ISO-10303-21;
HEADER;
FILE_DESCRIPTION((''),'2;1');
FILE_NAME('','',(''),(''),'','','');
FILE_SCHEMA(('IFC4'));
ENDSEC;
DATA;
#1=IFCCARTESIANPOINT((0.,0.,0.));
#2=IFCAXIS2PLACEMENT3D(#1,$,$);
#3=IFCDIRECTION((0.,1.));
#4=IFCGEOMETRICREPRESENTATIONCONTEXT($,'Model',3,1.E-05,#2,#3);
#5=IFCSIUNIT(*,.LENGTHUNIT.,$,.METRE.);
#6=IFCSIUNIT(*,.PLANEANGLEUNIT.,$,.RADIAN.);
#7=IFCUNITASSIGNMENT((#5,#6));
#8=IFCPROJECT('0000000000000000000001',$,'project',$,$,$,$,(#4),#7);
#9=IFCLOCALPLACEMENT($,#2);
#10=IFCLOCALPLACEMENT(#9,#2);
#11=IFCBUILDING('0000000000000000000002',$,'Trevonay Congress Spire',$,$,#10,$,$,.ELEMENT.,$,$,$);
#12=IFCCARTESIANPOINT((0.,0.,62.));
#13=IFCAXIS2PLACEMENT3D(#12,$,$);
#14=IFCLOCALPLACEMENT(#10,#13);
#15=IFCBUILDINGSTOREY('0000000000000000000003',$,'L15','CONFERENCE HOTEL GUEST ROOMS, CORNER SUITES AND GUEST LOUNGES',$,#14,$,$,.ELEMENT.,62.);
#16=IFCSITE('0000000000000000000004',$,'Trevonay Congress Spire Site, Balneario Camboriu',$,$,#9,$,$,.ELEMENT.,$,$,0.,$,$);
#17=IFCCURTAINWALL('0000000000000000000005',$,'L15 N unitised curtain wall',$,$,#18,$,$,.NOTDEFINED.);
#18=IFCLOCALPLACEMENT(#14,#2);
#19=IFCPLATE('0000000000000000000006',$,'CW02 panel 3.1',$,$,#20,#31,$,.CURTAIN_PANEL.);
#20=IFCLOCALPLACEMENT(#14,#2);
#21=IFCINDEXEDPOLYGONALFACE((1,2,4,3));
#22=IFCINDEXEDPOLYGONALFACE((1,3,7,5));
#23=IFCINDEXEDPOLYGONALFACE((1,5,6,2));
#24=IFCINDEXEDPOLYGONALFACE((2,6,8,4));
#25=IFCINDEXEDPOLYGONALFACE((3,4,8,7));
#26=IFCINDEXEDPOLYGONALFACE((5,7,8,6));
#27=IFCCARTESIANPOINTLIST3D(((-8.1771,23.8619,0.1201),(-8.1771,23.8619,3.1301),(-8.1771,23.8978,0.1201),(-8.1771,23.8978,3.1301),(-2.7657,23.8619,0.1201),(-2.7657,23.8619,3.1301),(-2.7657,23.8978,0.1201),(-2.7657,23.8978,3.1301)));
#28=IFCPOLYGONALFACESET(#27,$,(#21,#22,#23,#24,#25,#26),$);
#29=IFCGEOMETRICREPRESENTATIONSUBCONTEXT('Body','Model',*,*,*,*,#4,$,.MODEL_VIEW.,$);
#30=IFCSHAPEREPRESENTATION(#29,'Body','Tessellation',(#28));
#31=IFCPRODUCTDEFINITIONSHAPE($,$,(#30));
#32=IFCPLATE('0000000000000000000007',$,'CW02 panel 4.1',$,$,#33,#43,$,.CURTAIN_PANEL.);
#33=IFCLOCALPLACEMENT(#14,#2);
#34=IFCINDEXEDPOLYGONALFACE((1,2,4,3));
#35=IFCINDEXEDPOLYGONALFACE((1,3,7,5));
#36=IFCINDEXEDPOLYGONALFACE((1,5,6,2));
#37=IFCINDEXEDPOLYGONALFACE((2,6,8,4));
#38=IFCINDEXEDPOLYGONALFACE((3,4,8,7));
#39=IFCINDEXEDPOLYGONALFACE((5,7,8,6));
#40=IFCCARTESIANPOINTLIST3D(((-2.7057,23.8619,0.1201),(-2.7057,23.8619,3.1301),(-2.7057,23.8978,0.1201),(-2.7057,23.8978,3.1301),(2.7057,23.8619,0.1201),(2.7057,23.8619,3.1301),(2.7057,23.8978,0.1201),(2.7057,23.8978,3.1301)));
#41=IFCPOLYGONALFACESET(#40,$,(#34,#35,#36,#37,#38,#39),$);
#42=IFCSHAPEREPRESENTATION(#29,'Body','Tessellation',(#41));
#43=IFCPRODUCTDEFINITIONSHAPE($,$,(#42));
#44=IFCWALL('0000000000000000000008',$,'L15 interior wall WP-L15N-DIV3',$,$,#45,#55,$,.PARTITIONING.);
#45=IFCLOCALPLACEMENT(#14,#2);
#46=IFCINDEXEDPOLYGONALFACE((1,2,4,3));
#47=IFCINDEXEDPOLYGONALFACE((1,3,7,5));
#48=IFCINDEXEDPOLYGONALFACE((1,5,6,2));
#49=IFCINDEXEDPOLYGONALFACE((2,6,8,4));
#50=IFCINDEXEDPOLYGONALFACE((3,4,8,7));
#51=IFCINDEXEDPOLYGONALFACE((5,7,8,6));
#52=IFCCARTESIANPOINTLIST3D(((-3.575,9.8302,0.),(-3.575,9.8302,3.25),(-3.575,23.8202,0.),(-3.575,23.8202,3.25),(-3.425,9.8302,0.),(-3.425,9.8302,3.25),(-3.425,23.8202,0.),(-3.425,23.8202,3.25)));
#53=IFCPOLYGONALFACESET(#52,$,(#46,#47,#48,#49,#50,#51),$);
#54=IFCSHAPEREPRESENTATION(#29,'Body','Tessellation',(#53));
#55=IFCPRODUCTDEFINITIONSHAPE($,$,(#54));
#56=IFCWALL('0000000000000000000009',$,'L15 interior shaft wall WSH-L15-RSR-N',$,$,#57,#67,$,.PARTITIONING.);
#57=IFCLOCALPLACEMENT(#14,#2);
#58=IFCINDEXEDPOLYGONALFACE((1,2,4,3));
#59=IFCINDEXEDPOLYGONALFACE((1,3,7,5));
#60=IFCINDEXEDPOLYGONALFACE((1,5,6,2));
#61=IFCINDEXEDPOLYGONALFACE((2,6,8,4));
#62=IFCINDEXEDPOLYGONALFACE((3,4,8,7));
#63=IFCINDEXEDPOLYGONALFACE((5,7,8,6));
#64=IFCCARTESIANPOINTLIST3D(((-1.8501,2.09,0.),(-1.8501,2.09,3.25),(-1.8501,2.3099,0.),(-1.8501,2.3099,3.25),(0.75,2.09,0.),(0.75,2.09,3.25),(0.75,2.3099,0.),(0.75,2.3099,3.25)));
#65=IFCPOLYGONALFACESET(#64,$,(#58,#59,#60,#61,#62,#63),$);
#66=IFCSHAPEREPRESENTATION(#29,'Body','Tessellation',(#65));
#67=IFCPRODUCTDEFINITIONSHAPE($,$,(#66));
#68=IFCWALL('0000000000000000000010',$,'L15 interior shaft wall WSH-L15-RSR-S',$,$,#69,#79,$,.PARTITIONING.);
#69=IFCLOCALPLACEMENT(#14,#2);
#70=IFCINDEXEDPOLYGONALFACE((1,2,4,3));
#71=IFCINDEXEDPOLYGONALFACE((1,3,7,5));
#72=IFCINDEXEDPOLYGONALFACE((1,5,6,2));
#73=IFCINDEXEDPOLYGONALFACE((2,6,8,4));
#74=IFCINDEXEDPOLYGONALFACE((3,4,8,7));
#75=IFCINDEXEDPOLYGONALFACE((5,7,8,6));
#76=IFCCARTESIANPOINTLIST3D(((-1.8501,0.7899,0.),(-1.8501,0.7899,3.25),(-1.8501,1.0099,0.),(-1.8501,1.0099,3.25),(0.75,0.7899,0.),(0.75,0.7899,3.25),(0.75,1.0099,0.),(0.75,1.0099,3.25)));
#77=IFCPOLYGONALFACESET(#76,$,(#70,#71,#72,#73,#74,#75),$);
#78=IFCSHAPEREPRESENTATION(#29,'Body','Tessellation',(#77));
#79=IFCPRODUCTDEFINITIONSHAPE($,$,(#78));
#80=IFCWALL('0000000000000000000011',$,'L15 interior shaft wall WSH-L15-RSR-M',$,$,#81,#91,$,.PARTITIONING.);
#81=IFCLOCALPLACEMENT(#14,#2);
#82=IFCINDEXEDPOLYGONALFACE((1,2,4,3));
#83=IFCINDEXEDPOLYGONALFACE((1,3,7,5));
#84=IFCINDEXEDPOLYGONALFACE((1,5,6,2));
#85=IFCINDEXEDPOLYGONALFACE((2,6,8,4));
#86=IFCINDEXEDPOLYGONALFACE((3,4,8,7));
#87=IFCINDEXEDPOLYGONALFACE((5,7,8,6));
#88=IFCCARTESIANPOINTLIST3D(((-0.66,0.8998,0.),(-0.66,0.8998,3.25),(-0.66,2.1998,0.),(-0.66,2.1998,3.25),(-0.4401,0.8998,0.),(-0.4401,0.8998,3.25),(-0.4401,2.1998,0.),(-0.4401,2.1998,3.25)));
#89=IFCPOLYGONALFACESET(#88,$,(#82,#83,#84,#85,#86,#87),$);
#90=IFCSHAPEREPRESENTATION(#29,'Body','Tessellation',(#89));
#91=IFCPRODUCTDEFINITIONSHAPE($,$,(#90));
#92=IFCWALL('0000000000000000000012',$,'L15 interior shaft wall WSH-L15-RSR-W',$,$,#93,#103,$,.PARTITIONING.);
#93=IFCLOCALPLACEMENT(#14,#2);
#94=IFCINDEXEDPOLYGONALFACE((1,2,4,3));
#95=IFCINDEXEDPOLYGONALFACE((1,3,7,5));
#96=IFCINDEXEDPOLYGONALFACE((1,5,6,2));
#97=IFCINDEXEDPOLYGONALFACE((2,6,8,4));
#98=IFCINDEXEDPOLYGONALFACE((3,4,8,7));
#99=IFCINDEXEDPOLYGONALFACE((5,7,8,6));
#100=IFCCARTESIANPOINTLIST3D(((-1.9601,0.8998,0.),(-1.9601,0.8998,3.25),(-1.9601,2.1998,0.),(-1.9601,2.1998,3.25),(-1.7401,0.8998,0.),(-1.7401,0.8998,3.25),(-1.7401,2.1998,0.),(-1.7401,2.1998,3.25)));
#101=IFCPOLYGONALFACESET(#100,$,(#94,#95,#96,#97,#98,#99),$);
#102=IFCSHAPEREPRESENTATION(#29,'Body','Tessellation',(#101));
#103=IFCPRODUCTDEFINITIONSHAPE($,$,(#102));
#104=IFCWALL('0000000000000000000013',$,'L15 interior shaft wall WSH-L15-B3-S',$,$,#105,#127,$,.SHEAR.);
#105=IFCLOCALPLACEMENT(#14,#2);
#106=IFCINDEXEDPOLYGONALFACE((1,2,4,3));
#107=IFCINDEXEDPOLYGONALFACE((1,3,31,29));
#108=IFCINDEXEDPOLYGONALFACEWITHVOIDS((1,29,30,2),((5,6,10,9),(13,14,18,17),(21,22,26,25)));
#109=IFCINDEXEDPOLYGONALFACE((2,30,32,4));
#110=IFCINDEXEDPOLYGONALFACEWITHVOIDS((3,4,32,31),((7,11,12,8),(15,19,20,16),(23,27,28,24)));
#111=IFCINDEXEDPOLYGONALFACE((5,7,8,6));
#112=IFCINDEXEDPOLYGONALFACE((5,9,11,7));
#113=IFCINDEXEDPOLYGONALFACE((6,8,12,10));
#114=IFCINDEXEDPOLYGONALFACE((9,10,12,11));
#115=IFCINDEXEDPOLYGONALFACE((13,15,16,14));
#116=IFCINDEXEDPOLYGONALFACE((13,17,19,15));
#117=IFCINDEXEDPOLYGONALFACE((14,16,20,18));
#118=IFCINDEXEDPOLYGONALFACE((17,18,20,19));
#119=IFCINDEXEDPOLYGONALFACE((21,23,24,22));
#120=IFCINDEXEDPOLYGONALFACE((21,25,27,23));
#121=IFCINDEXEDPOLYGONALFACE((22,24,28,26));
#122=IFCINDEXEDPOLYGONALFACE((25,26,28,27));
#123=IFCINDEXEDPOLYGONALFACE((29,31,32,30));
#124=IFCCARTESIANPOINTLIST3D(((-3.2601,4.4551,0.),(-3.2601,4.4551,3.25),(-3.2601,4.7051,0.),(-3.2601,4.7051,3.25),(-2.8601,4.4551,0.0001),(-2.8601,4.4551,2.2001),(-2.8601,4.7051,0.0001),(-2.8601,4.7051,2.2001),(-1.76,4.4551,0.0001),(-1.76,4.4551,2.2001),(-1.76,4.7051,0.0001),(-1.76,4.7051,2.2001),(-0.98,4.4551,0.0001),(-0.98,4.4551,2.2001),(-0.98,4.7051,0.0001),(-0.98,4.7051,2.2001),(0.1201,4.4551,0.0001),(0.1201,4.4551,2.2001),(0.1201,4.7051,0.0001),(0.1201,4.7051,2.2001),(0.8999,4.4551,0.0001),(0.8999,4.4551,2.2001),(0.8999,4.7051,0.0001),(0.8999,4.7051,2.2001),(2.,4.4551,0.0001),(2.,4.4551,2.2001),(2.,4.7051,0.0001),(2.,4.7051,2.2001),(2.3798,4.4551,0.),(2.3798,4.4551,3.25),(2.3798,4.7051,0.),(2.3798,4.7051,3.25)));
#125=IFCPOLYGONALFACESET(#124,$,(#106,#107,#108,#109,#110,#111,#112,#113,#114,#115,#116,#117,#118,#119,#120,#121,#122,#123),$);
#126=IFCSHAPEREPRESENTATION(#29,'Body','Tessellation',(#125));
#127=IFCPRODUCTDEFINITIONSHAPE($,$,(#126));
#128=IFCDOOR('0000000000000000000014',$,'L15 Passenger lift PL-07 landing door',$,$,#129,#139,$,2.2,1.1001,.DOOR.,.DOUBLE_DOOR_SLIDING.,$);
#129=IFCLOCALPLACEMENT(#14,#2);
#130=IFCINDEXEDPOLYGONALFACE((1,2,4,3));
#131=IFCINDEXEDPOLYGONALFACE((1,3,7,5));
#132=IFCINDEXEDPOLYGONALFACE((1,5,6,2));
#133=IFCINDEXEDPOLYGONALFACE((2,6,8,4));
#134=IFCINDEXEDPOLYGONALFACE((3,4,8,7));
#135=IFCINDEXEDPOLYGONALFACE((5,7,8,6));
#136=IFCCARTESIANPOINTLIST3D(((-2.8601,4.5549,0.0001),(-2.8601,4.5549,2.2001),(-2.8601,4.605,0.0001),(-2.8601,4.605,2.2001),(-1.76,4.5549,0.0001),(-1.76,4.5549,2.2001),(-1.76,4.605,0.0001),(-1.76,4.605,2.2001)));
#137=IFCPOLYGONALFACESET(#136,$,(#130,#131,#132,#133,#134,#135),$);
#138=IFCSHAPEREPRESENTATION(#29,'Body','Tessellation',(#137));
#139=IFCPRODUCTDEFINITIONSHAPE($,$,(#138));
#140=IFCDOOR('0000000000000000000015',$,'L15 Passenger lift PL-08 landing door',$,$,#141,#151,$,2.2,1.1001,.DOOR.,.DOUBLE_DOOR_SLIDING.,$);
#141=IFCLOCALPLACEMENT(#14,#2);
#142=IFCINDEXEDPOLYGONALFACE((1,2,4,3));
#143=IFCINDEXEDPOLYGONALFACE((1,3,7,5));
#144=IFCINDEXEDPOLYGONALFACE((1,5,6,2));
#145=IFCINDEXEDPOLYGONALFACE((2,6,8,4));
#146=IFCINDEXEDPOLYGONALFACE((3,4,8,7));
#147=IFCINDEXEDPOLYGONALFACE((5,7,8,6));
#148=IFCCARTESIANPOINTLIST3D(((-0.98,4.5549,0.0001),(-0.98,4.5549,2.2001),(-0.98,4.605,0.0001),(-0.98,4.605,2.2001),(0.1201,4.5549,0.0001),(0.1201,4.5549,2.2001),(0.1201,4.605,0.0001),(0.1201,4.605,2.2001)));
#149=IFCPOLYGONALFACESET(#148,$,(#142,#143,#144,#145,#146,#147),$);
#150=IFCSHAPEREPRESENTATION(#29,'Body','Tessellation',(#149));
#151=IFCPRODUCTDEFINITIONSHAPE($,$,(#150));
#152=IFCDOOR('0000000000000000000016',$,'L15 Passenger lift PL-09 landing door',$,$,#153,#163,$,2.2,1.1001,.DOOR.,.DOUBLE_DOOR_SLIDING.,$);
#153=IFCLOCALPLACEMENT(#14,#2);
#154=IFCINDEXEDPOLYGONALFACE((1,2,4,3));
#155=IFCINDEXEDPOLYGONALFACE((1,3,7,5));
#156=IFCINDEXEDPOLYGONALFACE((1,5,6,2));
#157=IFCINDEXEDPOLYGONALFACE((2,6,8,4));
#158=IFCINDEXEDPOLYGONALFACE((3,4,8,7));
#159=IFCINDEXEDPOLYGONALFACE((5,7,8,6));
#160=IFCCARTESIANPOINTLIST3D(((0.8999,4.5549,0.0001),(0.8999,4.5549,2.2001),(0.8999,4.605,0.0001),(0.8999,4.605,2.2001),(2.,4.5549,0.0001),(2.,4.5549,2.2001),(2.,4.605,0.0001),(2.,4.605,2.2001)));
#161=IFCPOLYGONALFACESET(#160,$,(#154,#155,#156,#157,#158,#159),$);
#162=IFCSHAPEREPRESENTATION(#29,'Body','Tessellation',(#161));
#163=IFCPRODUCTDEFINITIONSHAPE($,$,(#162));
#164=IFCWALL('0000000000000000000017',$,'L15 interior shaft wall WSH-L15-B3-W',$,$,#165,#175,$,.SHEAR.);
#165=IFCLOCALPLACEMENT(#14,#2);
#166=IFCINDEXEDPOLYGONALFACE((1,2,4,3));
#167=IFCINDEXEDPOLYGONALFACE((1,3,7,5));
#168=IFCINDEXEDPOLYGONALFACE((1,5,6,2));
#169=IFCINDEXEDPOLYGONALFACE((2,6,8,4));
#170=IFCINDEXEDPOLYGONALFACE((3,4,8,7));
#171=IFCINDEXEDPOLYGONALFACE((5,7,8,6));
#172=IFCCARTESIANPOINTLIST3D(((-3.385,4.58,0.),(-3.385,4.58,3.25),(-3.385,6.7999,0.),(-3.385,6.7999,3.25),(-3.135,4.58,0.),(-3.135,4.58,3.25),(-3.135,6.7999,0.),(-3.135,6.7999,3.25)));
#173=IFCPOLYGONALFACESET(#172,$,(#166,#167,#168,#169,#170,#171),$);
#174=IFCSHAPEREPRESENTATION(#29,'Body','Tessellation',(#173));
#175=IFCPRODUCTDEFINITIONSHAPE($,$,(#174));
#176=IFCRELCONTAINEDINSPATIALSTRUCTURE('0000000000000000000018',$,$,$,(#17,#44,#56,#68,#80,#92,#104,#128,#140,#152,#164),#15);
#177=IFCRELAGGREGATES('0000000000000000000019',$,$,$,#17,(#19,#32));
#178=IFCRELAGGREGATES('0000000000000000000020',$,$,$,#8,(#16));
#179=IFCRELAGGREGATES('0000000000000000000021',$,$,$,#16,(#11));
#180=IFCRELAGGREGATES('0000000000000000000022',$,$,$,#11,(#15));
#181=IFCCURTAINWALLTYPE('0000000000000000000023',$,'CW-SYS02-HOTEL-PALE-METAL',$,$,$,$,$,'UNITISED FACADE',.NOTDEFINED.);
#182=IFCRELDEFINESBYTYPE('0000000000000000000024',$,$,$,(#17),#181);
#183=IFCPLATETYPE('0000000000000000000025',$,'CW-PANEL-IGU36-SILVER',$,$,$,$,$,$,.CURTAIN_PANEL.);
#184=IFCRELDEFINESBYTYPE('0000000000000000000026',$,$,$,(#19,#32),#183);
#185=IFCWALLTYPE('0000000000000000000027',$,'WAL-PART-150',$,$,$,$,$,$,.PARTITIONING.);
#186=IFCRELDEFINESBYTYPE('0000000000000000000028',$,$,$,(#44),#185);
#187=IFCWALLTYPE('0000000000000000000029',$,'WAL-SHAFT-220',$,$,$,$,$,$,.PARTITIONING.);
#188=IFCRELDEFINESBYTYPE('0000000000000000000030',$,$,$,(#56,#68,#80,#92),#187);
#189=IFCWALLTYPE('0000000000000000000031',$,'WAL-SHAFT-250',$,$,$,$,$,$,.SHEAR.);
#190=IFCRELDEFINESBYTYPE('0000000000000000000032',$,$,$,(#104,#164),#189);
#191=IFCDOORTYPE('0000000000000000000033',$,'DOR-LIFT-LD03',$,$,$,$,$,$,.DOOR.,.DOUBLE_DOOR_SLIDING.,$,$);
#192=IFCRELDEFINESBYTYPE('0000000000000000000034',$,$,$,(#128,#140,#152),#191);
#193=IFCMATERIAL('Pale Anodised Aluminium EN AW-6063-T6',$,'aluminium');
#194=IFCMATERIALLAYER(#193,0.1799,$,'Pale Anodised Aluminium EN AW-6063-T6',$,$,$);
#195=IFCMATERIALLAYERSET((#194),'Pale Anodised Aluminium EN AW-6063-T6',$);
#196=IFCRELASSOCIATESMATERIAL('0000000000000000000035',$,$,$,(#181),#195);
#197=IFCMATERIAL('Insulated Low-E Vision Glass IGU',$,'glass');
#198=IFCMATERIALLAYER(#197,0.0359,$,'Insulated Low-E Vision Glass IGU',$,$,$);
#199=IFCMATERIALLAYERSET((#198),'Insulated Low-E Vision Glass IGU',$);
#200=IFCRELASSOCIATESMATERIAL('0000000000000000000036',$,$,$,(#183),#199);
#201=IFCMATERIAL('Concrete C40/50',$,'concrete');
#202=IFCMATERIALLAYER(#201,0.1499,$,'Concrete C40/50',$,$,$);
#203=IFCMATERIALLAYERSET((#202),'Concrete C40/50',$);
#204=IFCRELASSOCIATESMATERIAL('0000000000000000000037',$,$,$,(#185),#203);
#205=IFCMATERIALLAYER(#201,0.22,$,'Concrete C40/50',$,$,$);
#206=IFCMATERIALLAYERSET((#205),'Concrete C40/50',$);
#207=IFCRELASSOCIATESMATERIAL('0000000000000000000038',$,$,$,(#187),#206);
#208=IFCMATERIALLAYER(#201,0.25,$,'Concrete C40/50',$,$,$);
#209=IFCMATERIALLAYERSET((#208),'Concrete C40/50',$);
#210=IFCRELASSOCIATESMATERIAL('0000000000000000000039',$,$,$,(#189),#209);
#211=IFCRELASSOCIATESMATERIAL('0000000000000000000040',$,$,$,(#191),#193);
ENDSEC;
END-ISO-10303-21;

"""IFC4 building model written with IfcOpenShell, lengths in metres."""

from ifc_helpers import new_model, si_unit, direction, frame, frame_2d, origin, origin_2d, place, context, subcontext, project, spatial, rectangle, extrude, material, layer, layer_set, type_object, element, fill, aggregate, save


model = new_model("IFC4")

# Units and contexts
model_context = context("Model", 3, precision=1e-05, world=origin(), true_north=direction((0.0, 1.0)))
body_context = subcontext(model_context, "Body", "Model", "MODEL_VIEW")
ifc_project = project(units=[si_unit("LENGTHUNIT", "METRE"), si_unit("PLANEANGLEUNIT", "RADIAN")], contexts=[model_context])

# Site, building, storey
site_placement = place(None, origin())
site = spatial("IfcSite", under=ifc_project, at=site_placement, Name="Trevonay Congress Spire Site, Balneario Camboriu", CompositionType="ELEMENT", RefElevation=0.0)
building_placement = place(site_placement, origin())
building = spatial("IfcBuilding", under=site, at=building_placement, Name="Trevonay Congress Spire", CompositionType="ELEMENT")
storey_placement = place(building_placement, frame((0.0, 0.0, 62.0)))
storey = spatial("IfcBuildingStorey", under=building, at=storey_placement, Name="L15", Description="CONFERENCE HOTEL GUEST ROOMS, CORNER SUITES AND GUEST LOUNGES", CompositionType="ELEMENT", Elevation=62.0)

# Curtain wall, plates
ifc_material_1 = material(Name="Pale Anodised Aluminium EN AW-6063-T6", Category="aluminium")
ifc_layer_1 = layer(ifc_material_1, 0.1799, Name="Pale Anodised Aluminium EN AW-6063-T6")
ifc_layer_set_1 = layer_set([ifc_layer_1], Name="Pale Anodised Aluminium EN AW-6063-T6")
curtain_wall_type = type_object("IfcCurtainWallType", Name="CW-SYS02-HOTEL-PALE-METAL", ElementType="UNITISED FACADE", PredefinedType="NOTDEFINED", material=ifc_layer_set_1)
curtain_wall_placement = place(storey_placement, origin())
curtain_wall = element("IfcCurtainWall", 1, at=curtain_wall_placement, inside=storey, type_object=curtain_wall_type, Name="L15 N unitised curtain wall", PredefinedType="NOTDEFINED")
ifc_material_2 = material(Name="Insulated Low-E Vision Glass IGU", Category="glass")
ifc_layer_2 = layer(ifc_material_2, 0.0359, Name="Insulated Low-E Vision Glass IGU")
ifc_layer_set_2 = layer_set([ifc_layer_2], Name="Insulated Low-E Vision Glass IGU")
plate_type = type_object("IfcPlateType", Name="CW-PANEL-IGU36-SILVER", PredefinedType="CURTAIN_PANEL", material=ifc_layer_set_2)
plate_1_placement = place(storey_placement, frame((-5.4714, 23.8799, 0.1201), z_axis=(0.0, 0.0, 1.0), x_axis=(1.0, 0.0, 0.0)))
plate_1 = element("IfcPlate", 2, at=plate_1_placement, type_object=plate_type, Name="CW02 panel 3.1", PredefinedType="CURTAIN_PANEL", context=body_context, shape_type="SweptSolid", body=[
    extrude(rectangle(XDim=5.4114, YDim=0.0359, at=origin_2d()), origin(), (0.0, 0.0, 1.0), 3.01),
])
plate_2_placement = place(storey_placement, frame((0.0, 23.8799, 0.1201), z_axis=(0.0, 0.0, 1.0), x_axis=(1.0, 0.0, 0.0)))
plate_2 = element("IfcPlate", 3, at=plate_2_placement, type_object=plate_type, Name="CW02 panel 4.1", PredefinedType="CURTAIN_PANEL", context=body_context, shape_type="SweptSolid", body=[
    extrude(rectangle(XDim=5.4114, YDim=0.0359, at=origin_2d()), origin(), (0.0, 0.0, 1.0), 3.01),
])
aggregate(curtain_wall, [plate_1, plate_2])

# Walls
ifc_material_3 = material(Name="Concrete C40/50", Category="concrete")
ifc_layer_3 = layer(ifc_material_3, 0.1499, Name="Concrete C40/50")
ifc_layer_set_3 = layer_set([ifc_layer_3], Name="Concrete C40/50")
wall_type_1 = type_object("IfcWallType", Name="WAL-PART-150", PredefinedType="PARTITIONING", material=ifc_layer_set_3)
wall_1_placement = place(storey_placement, frame((-3.5, 9.8301, 0.0), z_axis=(0.0, 0.0, 1.0), x_axis=(0.0, 1.0, 0.0)))
element("IfcWall", 4, at=wall_1_placement, inside=storey, type_object=wall_type_1, Name="L15 interior wall WP-L15N-DIV3", PredefinedType="PARTITIONING", context=body_context, shape_type="SweptSolid", body=[
    extrude(rectangle(XDim=13.99, YDim=0.1499, at=frame_2d((6.9951, 0.0))), origin(), (0.0, 0.0, 1.0), 3.25),
])
ifc_layer_4 = layer(ifc_material_3, 0.22, Name="Concrete C40/50")
ifc_layer_set_4 = layer_set([ifc_layer_4], Name="Concrete C40/50")
wall_type_2 = type_object("IfcWallType", Name="WAL-SHAFT-220", PredefinedType="PARTITIONING", material=ifc_layer_set_4)
for number, where, z_axis, x_axis, name in (
    (5, (-1.8501, 2.2, 0.0), (0.0, 0.0, 1.0), (1.0, 0.0, 0.0), "L15 interior shaft wall WSH-L15-RSR-N"),
    (6, (-1.8501, 0.8999, 0.0), (0.0, 0.0, 1.0), (1.0, 0.0, 0.0), "L15 interior shaft wall WSH-L15-RSR-S"),
):
    element("IfcWall", number, at=place(storey_placement, frame(where, z_axis=z_axis, x_axis=x_axis)), inside=storey, type_object=wall_type_2, Name=name, PredefinedType="PARTITIONING", context=body_context, shape_type="SweptSolid", body=[
        extrude(rectangle(XDim=2.6001, YDim=0.22, at=frame_2d((1.3, 0.0))), origin(), (0.0, 0.0, 1.0), 3.25),
    ])
for number, where, z_axis, x_axis, name in (
    (7, (-0.55, 0.8999, 0.0), (0.0, 0.0, 1.0), (0.0, 1.0, 0.0), "L15 interior shaft wall WSH-L15-RSR-M"),
    (8, (-1.8501, 0.8999, 0.0), (0.0, 0.0, 1.0), (0.0, 1.0, 0.0), "L15 interior shaft wall WSH-L15-RSR-W"),
):
    element("IfcWall", number, at=place(storey_placement, frame(where, z_axis=z_axis, x_axis=x_axis)), inside=storey, type_object=wall_type_2, Name=name, PredefinedType="PARTITIONING", context=body_context, shape_type="SweptSolid", body=[
        extrude(rectangle(XDim=1.3, YDim=0.22, at=frame_2d((0.6499, 0.0))), origin(), (0.0, 0.0, 1.0), 3.25),
    ])

# Wall, openings, doors
ifc_layer_5 = layer(ifc_material_3, 0.25, Name="Concrete C40/50")
ifc_layer_set_5 = layer_set([ifc_layer_5], Name="Concrete C40/50")
wall_type_3 = type_object("IfcWallType", Name="WAL-SHAFT-250", PredefinedType="SHEAR", material=ifc_layer_set_5)
wall_2_placement = place(storey_placement, frame((-3.26, 4.5801, 0.0), z_axis=(0.0, 0.0, 1.0), x_axis=(1.0, 0.0, 0.0)))
wall_2 = element("IfcWall", 9, at=wall_2_placement, inside=storey, type_object=wall_type_3, Name="L15 interior shaft wall WSH-L15-B3-S", PredefinedType="SHEAR", context=body_context, shape_type="SweptSolid", body=[
    extrude(rectangle(XDim=5.6399, YDim=0.25, at=frame_2d((2.8198, 0.0))), origin(), (0.0, 0.0, 1.0), 3.25),
])
opening_1_placement = place(wall_2_placement, frame((0.3999, 0.0, 0.0)))
opening_1 = element("IfcOpeningElement", 10, at=opening_1_placement, cuts=wall_2, PredefinedType="OPENING", context=body_context, shape_type="SweptSolid", body=[
    extrude(rectangle(XDim=1.1001, YDim=2.2, at=frame_2d((0.55, 1.1001))), frame((0.0, 0.135, 0.0), z_axis=(0.0, -1.0, 0.0), x_axis=(1.0, 0.0, 0.0)), (0.0, 0.0, 1.0), 0.27),
])
opening_2_placement = place(wall_2_placement, frame((2.28, 0.0, 0.0)))
opening_2 = element("IfcOpeningElement", 11, at=opening_2_placement, cuts=wall_2, PredefinedType="OPENING", context=body_context, shape_type="SweptSolid", body=[
    extrude(rectangle(XDim=1.1001, YDim=2.2, at=frame_2d((0.55, 1.1001))), frame((0.0, 0.135, 0.0), z_axis=(0.0, -1.0, 0.0), x_axis=(1.0, 0.0, 0.0)), (0.0, 0.0, 1.0), 0.27),
])
opening_3_placement = place(wall_2_placement, frame((4.1599, 0.0, 0.0)))
opening_3 = element("IfcOpeningElement", 12, at=opening_3_placement, cuts=wall_2, PredefinedType="OPENING", context=body_context, shape_type="SweptSolid", body=[
    extrude(rectangle(XDim=1.1001, YDim=2.2, at=frame_2d((0.55, 1.1001))), frame((0.0, 0.135, 0.0), z_axis=(0.0, -1.0, 0.0), x_axis=(1.0, 0.0, 0.0)), (0.0, 0.0, 1.0), 0.27),
])
door_type_1 = type_object("IfcDoorType", Name="DOR-LIFT-LD03", OperationType="DOUBLE_DOOR_SLIDING", PredefinedType="DOOR", material=ifc_material_1)
door_1_placement = place(opening_1_placement, origin())
door_1 = element("IfcDoor", 13, at=door_1_placement, inside=storey, type_object=door_type_1, Name="L15 Passenger lift PL-07 landing door", OperationType="DOUBLE_DOOR_SLIDING", OverallHeight=2.2, OverallWidth=1.1001, PredefinedType="DOOR", context=body_context, shape_type="SweptSolid", body=[
    extrude(rectangle(XDim=1.1001, YDim=2.2, at=frame_2d((0.55, 1.1001))), frame((0.0, 0.0249, 0.0), z_axis=(0.0, -1.0, 0.0), x_axis=(1.0, 0.0, 0.0)), (0.0, 0.0, 1.0), 0.05),
])
fill(opening_1, door_1)
door_2_placement = place(opening_2_placement, origin())
door_2 = element("IfcDoor", 14, at=door_2_placement, inside=storey, type_object=door_type_1, Name="L15 Passenger lift PL-08 landing door", OperationType="DOUBLE_DOOR_SLIDING", OverallHeight=2.2, OverallWidth=1.1001, PredefinedType="DOOR", context=body_context, shape_type="SweptSolid", body=[
    extrude(rectangle(XDim=1.1001, YDim=2.2, at=frame_2d((0.55, 1.1001))), frame((0.0, 0.0249, 0.0), z_axis=(0.0, -1.0, 0.0), x_axis=(1.0, 0.0, 0.0)), (0.0, 0.0, 1.0), 0.05),
])
fill(opening_2, door_2)
door_3_placement = place(opening_3_placement, origin())
door_3 = element("IfcDoor", 15, at=door_3_placement, inside=storey, type_object=door_type_1, Name="L15 Passenger lift PL-09 landing door", OperationType="DOUBLE_DOOR_SLIDING", OverallHeight=2.2, OverallWidth=1.1001, PredefinedType="DOOR", context=body_context, shape_type="SweptSolid", body=[
    extrude(rectangle(XDim=1.1001, YDim=2.2, at=frame_2d((0.55, 1.1001))), frame((0.0, 0.0249, 0.0), z_axis=(0.0, -1.0, 0.0), x_axis=(1.0, 0.0, 0.0)), (0.0, 0.0, 1.0), 0.05),
])
fill(opening_3, door_3)

# Wall
wall_3_placement = place(storey_placement, frame((-3.26, 4.5801, 0.0), z_axis=(0.0, 0.0, 1.0), x_axis=(0.0, 1.0, 0.0)))
element("IfcWall", 16, at=wall_3_placement, inside=storey, type_object=wall_type_3, Name="L15 interior shaft wall WSH-L15-B3-W", PredefinedType="SHEAR", context=body_context, shape_type="SweptSolid", body=[
    extrude(rectangle(XDim=2.22, YDim=0.25, at=frame_2d((1.1099, 0.0))), origin(), (0.0, 0.0, 1.0), 3.25),
])

save(model, "model.ifc")
